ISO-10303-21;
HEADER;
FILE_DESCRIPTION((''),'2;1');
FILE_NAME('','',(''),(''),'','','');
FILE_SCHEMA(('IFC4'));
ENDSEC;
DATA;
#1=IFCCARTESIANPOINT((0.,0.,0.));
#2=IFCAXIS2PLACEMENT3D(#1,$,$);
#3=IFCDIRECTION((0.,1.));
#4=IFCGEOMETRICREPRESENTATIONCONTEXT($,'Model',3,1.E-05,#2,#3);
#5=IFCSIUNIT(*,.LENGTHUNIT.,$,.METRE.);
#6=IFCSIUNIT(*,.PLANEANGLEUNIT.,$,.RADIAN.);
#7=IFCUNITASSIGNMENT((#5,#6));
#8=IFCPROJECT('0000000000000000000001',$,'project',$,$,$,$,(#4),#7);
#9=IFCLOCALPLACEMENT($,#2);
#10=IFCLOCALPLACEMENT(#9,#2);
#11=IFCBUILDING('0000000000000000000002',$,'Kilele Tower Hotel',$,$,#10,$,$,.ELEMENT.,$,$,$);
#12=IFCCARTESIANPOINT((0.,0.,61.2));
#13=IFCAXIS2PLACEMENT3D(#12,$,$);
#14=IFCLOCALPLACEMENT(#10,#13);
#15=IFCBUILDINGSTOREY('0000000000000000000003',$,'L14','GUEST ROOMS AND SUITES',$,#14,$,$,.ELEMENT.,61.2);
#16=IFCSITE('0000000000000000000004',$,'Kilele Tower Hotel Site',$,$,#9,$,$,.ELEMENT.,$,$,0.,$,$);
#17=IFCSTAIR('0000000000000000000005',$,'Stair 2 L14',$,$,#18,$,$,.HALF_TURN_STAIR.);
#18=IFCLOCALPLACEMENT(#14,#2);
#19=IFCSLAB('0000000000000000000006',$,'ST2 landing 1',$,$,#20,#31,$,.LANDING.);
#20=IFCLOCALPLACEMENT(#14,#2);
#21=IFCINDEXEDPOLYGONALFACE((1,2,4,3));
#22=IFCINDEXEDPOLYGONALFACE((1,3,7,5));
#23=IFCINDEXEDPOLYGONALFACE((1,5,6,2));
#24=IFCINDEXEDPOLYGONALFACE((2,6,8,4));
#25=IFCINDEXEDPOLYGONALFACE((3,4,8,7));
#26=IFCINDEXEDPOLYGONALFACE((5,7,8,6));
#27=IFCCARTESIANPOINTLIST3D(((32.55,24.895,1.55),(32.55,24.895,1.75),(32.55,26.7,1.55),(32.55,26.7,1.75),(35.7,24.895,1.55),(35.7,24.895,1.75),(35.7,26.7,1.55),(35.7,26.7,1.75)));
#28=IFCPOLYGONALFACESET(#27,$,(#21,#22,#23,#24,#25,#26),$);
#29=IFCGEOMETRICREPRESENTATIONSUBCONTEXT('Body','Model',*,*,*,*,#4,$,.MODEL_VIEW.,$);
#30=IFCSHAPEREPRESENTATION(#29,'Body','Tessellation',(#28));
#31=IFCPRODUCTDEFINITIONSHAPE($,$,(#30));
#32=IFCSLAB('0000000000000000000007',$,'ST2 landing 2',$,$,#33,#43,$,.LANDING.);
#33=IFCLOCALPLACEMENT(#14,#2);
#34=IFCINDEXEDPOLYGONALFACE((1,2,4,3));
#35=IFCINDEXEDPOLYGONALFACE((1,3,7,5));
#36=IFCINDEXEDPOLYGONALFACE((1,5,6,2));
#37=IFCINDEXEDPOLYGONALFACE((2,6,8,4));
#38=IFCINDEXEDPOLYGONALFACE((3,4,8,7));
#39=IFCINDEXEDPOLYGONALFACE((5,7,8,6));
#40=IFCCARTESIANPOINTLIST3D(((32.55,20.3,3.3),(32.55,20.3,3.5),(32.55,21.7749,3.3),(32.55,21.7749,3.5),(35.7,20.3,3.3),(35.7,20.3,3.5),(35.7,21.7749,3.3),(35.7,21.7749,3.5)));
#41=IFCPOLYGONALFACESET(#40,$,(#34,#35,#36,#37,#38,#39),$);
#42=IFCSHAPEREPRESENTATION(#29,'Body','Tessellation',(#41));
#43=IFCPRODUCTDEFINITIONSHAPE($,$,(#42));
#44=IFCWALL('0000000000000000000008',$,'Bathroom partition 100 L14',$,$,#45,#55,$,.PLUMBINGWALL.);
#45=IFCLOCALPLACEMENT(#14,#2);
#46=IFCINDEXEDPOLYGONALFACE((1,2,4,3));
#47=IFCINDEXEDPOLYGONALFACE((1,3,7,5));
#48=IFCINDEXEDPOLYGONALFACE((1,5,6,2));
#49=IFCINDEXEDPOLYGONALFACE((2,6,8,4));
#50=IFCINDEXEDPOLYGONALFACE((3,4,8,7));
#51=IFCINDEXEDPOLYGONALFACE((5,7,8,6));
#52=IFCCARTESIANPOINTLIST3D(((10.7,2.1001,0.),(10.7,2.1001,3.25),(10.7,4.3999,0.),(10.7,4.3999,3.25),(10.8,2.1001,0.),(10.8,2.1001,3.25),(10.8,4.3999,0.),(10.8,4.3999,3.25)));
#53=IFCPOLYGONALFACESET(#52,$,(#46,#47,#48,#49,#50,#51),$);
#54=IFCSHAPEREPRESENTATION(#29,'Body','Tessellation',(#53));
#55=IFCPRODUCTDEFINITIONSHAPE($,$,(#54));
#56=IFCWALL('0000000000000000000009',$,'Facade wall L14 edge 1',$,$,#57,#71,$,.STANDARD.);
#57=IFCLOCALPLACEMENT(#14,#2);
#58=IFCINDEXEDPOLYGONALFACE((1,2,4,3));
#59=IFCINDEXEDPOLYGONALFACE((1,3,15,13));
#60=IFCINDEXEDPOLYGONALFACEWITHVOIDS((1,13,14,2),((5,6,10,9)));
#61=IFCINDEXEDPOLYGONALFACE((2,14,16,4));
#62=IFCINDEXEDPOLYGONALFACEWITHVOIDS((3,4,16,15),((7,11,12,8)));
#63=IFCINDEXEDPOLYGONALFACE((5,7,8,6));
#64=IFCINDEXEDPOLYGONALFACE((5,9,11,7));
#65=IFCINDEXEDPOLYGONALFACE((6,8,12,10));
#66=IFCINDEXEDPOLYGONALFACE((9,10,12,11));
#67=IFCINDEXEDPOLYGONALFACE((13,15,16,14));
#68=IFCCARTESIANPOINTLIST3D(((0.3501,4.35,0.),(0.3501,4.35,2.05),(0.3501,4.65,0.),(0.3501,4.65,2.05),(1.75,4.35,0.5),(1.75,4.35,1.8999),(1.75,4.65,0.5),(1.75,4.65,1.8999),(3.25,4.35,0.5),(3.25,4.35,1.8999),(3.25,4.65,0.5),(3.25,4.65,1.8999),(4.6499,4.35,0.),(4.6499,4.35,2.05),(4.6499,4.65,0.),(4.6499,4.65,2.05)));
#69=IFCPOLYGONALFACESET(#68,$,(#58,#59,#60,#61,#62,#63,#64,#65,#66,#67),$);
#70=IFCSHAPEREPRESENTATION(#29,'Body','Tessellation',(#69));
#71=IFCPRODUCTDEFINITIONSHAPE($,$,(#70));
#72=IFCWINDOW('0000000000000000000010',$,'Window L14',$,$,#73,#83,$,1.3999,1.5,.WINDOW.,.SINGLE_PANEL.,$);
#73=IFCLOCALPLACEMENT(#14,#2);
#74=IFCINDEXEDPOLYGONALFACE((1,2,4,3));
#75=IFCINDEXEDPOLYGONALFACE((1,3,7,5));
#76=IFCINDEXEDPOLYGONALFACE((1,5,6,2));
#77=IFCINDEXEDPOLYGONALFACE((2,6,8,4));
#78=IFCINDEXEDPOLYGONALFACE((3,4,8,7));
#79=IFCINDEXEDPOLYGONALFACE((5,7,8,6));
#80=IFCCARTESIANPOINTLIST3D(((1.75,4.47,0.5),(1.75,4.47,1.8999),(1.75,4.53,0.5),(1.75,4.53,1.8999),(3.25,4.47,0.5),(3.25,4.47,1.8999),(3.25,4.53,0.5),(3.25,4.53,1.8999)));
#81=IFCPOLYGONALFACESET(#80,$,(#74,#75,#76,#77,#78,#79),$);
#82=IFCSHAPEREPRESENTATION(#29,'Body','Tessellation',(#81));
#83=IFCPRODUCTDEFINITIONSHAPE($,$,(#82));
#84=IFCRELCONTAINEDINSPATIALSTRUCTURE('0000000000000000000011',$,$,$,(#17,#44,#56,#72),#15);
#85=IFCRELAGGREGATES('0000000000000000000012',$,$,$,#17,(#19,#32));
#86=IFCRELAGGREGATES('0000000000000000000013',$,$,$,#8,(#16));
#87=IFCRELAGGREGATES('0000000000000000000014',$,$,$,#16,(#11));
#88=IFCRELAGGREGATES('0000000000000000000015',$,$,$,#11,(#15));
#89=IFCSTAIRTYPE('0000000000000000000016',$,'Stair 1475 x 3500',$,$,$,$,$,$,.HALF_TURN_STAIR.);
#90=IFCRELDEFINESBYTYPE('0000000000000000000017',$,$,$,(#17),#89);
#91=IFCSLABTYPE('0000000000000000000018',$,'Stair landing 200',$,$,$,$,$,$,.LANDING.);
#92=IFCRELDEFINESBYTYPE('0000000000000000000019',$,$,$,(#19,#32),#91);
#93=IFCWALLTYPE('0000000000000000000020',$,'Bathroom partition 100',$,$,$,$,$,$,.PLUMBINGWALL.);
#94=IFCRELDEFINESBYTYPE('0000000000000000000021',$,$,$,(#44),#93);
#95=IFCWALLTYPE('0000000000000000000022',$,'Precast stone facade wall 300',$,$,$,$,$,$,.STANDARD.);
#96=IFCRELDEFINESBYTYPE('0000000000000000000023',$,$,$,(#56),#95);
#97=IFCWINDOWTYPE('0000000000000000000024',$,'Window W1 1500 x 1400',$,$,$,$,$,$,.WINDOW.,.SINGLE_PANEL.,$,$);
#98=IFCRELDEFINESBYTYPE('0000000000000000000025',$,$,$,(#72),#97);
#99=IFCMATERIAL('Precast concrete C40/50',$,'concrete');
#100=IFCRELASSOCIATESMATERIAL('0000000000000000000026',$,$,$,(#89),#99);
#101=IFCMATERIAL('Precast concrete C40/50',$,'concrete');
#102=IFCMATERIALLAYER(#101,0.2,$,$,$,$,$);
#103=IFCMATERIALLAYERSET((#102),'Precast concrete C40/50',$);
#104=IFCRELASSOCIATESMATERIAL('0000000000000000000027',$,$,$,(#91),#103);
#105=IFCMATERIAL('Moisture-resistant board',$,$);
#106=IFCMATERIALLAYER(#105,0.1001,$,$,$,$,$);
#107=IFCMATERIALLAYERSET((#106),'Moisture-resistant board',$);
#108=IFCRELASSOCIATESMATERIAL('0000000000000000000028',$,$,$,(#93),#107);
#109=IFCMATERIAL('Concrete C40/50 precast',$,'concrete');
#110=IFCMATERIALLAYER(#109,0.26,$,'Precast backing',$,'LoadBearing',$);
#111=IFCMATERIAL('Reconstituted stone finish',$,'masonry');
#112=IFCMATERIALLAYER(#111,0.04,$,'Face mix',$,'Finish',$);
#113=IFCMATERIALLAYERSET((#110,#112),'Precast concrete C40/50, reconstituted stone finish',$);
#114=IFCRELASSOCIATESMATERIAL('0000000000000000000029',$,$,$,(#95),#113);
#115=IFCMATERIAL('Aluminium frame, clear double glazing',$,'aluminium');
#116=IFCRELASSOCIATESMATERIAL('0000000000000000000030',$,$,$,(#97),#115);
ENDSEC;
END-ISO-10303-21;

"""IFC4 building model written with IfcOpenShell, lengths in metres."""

from ifc_helpers import new_model, si_unit, direction, frame, frame_2d, origin, place, context, subcontext, project, spatial, polyline, rectangle, outline, extrude, material, layer, layer_set, type_object, element, fill, aggregate, save


model = new_model("IFC4")

# Units and contexts
model_context = context("Model", 3, precision=1e-05, world=origin(), true_north=direction((0.0, 1.0)))
body_context = subcontext(model_context, "Body", "Model", "MODEL_VIEW")
ifc_project = project(units=[si_unit("LENGTHUNIT", "METRE"), si_unit("PLANEANGLEUNIT", "RADIAN")], contexts=[model_context])

# Site, building, storey
site_placement = place(None, origin())
site = spatial("IfcSite", under=ifc_project, at=site_placement, Name="Kilele Tower Hotel Site", CompositionType="ELEMENT", RefElevation=0.0)
building_placement = place(site_placement, origin())
building = spatial("IfcBuilding", under=site, at=building_placement, Name="Kilele Tower Hotel", CompositionType="ELEMENT")
storey_placement = place(building_placement, frame((0.0, 0.0, 61.2)))
storey = spatial("IfcBuildingStorey", under=building, at=storey_placement, Name="L14", Description="GUEST ROOMS AND SUITES", CompositionType="ELEMENT", Elevation=61.2)

# Stair, slabs
ifc_material_1 = material(Name="Precast concrete C40/50", Category="concrete")
stair_type = type_object("IfcStairType", Name="Stair 1475 x 3500", PredefinedType="HALF_TURN_STAIR", material=ifc_material_1)
ifc_material_2 = material(Name="Precast concrete C40/50", Category="concrete")
ifc_layer_1 = layer(ifc_material_2, 0.2)
ifc_layer_set_1 = layer_set([ifc_layer_1], Name="Precast concrete C40/50")
slab_type_1 = type_object("IfcSlabType", Name="Stair landing 200", PredefinedType="LANDING", material=ifc_layer_set_1)
stair_1_placement = place(storey_placement, origin())
stair_1 = element("IfcStair", 1, at=stair_1_placement, inside=storey, type_object=stair_type, Name="Stair 2 L14", PredefinedType="HALF_TURN_STAIR")
slab_1_placement = place(storey_placement, frame((0.0, 0.0, 1.55)))
slab_1 = element("IfcSlab", 2, at=slab_1_placement, type_object=slab_type_1, Name="ST2 landing 1", PredefinedType="LANDING", context=body_context, shape_type="SweptSolid", body=[
    extrude(outline(polyline([(32.55, 24.895), (35.7, 24.895), (35.7, 26.7), (32.55, 26.7), (32.55, 24.895)])), origin(), (0.0, 0.0, 1.0), 0.2),
])
slab_2_placement = place(storey_placement, frame((0.0, 0.0, 3.3)))
slab_2 = element("IfcSlab", 3, at=slab_2_placement, type_object=slab_type_1, Name="ST2 landing 2", PredefinedType="LANDING", context=body_context, shape_type="SweptSolid", body=[
    extrude(outline(polyline([(32.55, 20.3), (35.7, 20.3), (35.7, 21.7749), (32.55, 21.7749), (32.55, 20.3)])), origin(), (0.0, 0.0, 1.0), 0.2),
])
aggregate(stair_1, [slab_1, slab_2])

# Wall
ifc_material_3 = material(Name="Moisture-resistant board")
ifc_layer_2 = layer(ifc_material_3, 0.1001)
ifc_layer_set_2 = layer_set([ifc_layer_2], Name="Moisture-resistant board")
wall_type_1 = type_object("IfcWallType", Name="Bathroom partition 100", PredefinedType="PLUMBINGWALL", material=ifc_layer_set_2)
wall_1_placement = place(storey_placement, frame((10.75, 4.3999, 0.0), z_axis=(0.0, 0.0, 1.0), x_axis=(0.0, -1.0, 0.0)))
element("IfcWall", 4, at=wall_1_placement, inside=storey, type_object=wall_type_1, Name="Bathroom partition 100 L14", PredefinedType="PLUMBINGWALL", context=body_context, shape_type="SweptSolid", body=[
    extrude(rectangle(XDim=2.2998, YDim=0.1001, at=frame_2d((1.1499, 0.0))), origin(), (0.0, 0.0, 1.0), 3.25),
])

# Wall, opening, window
ifc_material_4 = material(Name="Concrete C40/50 precast", Category="concrete")
ifc_layer_3 = layer(ifc_material_4, 0.26, Name="Precast backing", Category="LoadBearing")
ifc_material_5 = material(Name="Reconstituted stone finish", Category="masonry")
ifc_layer_4 = layer(ifc_material_5, 0.04, Name="Face mix", Category="Finish")
ifc_layer_set_3 = layer_set([ifc_layer_3, ifc_layer_4], Name="Precast concrete C40/50, reconstituted stone finish")
wall_type_2 = type_object("IfcWallType", Name="Precast stone facade wall 300", PredefinedType="STANDARD", material=ifc_layer_set_3)
wall_2_placement = place(storey_placement, frame((0.3501, 4.5, 0.0), z_axis=(0.0, 0.0, 1.0), x_axis=(1.0, 0.0, 0.0)))
wall_2 = element("IfcWall", 5, at=wall_2_placement, inside=storey, type_object=wall_type_2, Name="Facade wall L14 edge 1", PredefinedType="STANDARD", context=body_context, shape_type="SweptSolid", body=[
    extrude(rectangle(XDim=4.2998, YDim=0.3, at=frame_2d((2.1499, 0.0))), origin(), (0.0, 0.0, 1.0), 2.05),
])
opening_1_placement = place(wall_2_placement, frame((1.3999, 0.0, 0.5)))
opening_1 = element("IfcOpeningElement", 6, at=opening_1_placement, cuts=wall_2, PredefinedType="OPENING", context=body_context, shape_type="SweptSolid", body=[
    extrude(rectangle(XDim=1.5, YDim=1.3999, at=frame_2d((0.75, 0.7))), frame((0.0, 0.1599, 0.0), z_axis=(0.0, -1.0, 0.0), x_axis=(1.0, 0.0, 0.0)), (0.0, 0.0, 1.0), 0.3201),
])
ifc_material_6 = material(Name="Aluminium frame, clear double glazing", Category="aluminium")
window_type = type_object("IfcWindowType", Name="Window W1 1500 x 1400", PartitioningType="SINGLE_PANEL", PredefinedType="WINDOW", material=ifc_material_6)
window_1_placement = place(opening_1_placement, origin())
window_1 = element("IfcWindow", 7, at=window_1_placement, inside=storey, type_object=window_type, Name="Window L14", OverallHeight=1.3999, OverallWidth=1.5, PartitioningType="SINGLE_PANEL", PredefinedType="WINDOW", context=body_context, shape_type="SweptSolid", body=[
    extrude(rectangle(XDim=1.5, YDim=1.3999, at=frame_2d((0.75, 0.7))), frame((0.0, 0.03, 0.0), z_axis=(0.0, -1.0, 0.0), x_axis=(1.0, 0.0, 0.0)), (0.0, 0.0, 1.0), 0.0601),
])
fill(opening_1, window_1)

save(model, "model.ifc")
